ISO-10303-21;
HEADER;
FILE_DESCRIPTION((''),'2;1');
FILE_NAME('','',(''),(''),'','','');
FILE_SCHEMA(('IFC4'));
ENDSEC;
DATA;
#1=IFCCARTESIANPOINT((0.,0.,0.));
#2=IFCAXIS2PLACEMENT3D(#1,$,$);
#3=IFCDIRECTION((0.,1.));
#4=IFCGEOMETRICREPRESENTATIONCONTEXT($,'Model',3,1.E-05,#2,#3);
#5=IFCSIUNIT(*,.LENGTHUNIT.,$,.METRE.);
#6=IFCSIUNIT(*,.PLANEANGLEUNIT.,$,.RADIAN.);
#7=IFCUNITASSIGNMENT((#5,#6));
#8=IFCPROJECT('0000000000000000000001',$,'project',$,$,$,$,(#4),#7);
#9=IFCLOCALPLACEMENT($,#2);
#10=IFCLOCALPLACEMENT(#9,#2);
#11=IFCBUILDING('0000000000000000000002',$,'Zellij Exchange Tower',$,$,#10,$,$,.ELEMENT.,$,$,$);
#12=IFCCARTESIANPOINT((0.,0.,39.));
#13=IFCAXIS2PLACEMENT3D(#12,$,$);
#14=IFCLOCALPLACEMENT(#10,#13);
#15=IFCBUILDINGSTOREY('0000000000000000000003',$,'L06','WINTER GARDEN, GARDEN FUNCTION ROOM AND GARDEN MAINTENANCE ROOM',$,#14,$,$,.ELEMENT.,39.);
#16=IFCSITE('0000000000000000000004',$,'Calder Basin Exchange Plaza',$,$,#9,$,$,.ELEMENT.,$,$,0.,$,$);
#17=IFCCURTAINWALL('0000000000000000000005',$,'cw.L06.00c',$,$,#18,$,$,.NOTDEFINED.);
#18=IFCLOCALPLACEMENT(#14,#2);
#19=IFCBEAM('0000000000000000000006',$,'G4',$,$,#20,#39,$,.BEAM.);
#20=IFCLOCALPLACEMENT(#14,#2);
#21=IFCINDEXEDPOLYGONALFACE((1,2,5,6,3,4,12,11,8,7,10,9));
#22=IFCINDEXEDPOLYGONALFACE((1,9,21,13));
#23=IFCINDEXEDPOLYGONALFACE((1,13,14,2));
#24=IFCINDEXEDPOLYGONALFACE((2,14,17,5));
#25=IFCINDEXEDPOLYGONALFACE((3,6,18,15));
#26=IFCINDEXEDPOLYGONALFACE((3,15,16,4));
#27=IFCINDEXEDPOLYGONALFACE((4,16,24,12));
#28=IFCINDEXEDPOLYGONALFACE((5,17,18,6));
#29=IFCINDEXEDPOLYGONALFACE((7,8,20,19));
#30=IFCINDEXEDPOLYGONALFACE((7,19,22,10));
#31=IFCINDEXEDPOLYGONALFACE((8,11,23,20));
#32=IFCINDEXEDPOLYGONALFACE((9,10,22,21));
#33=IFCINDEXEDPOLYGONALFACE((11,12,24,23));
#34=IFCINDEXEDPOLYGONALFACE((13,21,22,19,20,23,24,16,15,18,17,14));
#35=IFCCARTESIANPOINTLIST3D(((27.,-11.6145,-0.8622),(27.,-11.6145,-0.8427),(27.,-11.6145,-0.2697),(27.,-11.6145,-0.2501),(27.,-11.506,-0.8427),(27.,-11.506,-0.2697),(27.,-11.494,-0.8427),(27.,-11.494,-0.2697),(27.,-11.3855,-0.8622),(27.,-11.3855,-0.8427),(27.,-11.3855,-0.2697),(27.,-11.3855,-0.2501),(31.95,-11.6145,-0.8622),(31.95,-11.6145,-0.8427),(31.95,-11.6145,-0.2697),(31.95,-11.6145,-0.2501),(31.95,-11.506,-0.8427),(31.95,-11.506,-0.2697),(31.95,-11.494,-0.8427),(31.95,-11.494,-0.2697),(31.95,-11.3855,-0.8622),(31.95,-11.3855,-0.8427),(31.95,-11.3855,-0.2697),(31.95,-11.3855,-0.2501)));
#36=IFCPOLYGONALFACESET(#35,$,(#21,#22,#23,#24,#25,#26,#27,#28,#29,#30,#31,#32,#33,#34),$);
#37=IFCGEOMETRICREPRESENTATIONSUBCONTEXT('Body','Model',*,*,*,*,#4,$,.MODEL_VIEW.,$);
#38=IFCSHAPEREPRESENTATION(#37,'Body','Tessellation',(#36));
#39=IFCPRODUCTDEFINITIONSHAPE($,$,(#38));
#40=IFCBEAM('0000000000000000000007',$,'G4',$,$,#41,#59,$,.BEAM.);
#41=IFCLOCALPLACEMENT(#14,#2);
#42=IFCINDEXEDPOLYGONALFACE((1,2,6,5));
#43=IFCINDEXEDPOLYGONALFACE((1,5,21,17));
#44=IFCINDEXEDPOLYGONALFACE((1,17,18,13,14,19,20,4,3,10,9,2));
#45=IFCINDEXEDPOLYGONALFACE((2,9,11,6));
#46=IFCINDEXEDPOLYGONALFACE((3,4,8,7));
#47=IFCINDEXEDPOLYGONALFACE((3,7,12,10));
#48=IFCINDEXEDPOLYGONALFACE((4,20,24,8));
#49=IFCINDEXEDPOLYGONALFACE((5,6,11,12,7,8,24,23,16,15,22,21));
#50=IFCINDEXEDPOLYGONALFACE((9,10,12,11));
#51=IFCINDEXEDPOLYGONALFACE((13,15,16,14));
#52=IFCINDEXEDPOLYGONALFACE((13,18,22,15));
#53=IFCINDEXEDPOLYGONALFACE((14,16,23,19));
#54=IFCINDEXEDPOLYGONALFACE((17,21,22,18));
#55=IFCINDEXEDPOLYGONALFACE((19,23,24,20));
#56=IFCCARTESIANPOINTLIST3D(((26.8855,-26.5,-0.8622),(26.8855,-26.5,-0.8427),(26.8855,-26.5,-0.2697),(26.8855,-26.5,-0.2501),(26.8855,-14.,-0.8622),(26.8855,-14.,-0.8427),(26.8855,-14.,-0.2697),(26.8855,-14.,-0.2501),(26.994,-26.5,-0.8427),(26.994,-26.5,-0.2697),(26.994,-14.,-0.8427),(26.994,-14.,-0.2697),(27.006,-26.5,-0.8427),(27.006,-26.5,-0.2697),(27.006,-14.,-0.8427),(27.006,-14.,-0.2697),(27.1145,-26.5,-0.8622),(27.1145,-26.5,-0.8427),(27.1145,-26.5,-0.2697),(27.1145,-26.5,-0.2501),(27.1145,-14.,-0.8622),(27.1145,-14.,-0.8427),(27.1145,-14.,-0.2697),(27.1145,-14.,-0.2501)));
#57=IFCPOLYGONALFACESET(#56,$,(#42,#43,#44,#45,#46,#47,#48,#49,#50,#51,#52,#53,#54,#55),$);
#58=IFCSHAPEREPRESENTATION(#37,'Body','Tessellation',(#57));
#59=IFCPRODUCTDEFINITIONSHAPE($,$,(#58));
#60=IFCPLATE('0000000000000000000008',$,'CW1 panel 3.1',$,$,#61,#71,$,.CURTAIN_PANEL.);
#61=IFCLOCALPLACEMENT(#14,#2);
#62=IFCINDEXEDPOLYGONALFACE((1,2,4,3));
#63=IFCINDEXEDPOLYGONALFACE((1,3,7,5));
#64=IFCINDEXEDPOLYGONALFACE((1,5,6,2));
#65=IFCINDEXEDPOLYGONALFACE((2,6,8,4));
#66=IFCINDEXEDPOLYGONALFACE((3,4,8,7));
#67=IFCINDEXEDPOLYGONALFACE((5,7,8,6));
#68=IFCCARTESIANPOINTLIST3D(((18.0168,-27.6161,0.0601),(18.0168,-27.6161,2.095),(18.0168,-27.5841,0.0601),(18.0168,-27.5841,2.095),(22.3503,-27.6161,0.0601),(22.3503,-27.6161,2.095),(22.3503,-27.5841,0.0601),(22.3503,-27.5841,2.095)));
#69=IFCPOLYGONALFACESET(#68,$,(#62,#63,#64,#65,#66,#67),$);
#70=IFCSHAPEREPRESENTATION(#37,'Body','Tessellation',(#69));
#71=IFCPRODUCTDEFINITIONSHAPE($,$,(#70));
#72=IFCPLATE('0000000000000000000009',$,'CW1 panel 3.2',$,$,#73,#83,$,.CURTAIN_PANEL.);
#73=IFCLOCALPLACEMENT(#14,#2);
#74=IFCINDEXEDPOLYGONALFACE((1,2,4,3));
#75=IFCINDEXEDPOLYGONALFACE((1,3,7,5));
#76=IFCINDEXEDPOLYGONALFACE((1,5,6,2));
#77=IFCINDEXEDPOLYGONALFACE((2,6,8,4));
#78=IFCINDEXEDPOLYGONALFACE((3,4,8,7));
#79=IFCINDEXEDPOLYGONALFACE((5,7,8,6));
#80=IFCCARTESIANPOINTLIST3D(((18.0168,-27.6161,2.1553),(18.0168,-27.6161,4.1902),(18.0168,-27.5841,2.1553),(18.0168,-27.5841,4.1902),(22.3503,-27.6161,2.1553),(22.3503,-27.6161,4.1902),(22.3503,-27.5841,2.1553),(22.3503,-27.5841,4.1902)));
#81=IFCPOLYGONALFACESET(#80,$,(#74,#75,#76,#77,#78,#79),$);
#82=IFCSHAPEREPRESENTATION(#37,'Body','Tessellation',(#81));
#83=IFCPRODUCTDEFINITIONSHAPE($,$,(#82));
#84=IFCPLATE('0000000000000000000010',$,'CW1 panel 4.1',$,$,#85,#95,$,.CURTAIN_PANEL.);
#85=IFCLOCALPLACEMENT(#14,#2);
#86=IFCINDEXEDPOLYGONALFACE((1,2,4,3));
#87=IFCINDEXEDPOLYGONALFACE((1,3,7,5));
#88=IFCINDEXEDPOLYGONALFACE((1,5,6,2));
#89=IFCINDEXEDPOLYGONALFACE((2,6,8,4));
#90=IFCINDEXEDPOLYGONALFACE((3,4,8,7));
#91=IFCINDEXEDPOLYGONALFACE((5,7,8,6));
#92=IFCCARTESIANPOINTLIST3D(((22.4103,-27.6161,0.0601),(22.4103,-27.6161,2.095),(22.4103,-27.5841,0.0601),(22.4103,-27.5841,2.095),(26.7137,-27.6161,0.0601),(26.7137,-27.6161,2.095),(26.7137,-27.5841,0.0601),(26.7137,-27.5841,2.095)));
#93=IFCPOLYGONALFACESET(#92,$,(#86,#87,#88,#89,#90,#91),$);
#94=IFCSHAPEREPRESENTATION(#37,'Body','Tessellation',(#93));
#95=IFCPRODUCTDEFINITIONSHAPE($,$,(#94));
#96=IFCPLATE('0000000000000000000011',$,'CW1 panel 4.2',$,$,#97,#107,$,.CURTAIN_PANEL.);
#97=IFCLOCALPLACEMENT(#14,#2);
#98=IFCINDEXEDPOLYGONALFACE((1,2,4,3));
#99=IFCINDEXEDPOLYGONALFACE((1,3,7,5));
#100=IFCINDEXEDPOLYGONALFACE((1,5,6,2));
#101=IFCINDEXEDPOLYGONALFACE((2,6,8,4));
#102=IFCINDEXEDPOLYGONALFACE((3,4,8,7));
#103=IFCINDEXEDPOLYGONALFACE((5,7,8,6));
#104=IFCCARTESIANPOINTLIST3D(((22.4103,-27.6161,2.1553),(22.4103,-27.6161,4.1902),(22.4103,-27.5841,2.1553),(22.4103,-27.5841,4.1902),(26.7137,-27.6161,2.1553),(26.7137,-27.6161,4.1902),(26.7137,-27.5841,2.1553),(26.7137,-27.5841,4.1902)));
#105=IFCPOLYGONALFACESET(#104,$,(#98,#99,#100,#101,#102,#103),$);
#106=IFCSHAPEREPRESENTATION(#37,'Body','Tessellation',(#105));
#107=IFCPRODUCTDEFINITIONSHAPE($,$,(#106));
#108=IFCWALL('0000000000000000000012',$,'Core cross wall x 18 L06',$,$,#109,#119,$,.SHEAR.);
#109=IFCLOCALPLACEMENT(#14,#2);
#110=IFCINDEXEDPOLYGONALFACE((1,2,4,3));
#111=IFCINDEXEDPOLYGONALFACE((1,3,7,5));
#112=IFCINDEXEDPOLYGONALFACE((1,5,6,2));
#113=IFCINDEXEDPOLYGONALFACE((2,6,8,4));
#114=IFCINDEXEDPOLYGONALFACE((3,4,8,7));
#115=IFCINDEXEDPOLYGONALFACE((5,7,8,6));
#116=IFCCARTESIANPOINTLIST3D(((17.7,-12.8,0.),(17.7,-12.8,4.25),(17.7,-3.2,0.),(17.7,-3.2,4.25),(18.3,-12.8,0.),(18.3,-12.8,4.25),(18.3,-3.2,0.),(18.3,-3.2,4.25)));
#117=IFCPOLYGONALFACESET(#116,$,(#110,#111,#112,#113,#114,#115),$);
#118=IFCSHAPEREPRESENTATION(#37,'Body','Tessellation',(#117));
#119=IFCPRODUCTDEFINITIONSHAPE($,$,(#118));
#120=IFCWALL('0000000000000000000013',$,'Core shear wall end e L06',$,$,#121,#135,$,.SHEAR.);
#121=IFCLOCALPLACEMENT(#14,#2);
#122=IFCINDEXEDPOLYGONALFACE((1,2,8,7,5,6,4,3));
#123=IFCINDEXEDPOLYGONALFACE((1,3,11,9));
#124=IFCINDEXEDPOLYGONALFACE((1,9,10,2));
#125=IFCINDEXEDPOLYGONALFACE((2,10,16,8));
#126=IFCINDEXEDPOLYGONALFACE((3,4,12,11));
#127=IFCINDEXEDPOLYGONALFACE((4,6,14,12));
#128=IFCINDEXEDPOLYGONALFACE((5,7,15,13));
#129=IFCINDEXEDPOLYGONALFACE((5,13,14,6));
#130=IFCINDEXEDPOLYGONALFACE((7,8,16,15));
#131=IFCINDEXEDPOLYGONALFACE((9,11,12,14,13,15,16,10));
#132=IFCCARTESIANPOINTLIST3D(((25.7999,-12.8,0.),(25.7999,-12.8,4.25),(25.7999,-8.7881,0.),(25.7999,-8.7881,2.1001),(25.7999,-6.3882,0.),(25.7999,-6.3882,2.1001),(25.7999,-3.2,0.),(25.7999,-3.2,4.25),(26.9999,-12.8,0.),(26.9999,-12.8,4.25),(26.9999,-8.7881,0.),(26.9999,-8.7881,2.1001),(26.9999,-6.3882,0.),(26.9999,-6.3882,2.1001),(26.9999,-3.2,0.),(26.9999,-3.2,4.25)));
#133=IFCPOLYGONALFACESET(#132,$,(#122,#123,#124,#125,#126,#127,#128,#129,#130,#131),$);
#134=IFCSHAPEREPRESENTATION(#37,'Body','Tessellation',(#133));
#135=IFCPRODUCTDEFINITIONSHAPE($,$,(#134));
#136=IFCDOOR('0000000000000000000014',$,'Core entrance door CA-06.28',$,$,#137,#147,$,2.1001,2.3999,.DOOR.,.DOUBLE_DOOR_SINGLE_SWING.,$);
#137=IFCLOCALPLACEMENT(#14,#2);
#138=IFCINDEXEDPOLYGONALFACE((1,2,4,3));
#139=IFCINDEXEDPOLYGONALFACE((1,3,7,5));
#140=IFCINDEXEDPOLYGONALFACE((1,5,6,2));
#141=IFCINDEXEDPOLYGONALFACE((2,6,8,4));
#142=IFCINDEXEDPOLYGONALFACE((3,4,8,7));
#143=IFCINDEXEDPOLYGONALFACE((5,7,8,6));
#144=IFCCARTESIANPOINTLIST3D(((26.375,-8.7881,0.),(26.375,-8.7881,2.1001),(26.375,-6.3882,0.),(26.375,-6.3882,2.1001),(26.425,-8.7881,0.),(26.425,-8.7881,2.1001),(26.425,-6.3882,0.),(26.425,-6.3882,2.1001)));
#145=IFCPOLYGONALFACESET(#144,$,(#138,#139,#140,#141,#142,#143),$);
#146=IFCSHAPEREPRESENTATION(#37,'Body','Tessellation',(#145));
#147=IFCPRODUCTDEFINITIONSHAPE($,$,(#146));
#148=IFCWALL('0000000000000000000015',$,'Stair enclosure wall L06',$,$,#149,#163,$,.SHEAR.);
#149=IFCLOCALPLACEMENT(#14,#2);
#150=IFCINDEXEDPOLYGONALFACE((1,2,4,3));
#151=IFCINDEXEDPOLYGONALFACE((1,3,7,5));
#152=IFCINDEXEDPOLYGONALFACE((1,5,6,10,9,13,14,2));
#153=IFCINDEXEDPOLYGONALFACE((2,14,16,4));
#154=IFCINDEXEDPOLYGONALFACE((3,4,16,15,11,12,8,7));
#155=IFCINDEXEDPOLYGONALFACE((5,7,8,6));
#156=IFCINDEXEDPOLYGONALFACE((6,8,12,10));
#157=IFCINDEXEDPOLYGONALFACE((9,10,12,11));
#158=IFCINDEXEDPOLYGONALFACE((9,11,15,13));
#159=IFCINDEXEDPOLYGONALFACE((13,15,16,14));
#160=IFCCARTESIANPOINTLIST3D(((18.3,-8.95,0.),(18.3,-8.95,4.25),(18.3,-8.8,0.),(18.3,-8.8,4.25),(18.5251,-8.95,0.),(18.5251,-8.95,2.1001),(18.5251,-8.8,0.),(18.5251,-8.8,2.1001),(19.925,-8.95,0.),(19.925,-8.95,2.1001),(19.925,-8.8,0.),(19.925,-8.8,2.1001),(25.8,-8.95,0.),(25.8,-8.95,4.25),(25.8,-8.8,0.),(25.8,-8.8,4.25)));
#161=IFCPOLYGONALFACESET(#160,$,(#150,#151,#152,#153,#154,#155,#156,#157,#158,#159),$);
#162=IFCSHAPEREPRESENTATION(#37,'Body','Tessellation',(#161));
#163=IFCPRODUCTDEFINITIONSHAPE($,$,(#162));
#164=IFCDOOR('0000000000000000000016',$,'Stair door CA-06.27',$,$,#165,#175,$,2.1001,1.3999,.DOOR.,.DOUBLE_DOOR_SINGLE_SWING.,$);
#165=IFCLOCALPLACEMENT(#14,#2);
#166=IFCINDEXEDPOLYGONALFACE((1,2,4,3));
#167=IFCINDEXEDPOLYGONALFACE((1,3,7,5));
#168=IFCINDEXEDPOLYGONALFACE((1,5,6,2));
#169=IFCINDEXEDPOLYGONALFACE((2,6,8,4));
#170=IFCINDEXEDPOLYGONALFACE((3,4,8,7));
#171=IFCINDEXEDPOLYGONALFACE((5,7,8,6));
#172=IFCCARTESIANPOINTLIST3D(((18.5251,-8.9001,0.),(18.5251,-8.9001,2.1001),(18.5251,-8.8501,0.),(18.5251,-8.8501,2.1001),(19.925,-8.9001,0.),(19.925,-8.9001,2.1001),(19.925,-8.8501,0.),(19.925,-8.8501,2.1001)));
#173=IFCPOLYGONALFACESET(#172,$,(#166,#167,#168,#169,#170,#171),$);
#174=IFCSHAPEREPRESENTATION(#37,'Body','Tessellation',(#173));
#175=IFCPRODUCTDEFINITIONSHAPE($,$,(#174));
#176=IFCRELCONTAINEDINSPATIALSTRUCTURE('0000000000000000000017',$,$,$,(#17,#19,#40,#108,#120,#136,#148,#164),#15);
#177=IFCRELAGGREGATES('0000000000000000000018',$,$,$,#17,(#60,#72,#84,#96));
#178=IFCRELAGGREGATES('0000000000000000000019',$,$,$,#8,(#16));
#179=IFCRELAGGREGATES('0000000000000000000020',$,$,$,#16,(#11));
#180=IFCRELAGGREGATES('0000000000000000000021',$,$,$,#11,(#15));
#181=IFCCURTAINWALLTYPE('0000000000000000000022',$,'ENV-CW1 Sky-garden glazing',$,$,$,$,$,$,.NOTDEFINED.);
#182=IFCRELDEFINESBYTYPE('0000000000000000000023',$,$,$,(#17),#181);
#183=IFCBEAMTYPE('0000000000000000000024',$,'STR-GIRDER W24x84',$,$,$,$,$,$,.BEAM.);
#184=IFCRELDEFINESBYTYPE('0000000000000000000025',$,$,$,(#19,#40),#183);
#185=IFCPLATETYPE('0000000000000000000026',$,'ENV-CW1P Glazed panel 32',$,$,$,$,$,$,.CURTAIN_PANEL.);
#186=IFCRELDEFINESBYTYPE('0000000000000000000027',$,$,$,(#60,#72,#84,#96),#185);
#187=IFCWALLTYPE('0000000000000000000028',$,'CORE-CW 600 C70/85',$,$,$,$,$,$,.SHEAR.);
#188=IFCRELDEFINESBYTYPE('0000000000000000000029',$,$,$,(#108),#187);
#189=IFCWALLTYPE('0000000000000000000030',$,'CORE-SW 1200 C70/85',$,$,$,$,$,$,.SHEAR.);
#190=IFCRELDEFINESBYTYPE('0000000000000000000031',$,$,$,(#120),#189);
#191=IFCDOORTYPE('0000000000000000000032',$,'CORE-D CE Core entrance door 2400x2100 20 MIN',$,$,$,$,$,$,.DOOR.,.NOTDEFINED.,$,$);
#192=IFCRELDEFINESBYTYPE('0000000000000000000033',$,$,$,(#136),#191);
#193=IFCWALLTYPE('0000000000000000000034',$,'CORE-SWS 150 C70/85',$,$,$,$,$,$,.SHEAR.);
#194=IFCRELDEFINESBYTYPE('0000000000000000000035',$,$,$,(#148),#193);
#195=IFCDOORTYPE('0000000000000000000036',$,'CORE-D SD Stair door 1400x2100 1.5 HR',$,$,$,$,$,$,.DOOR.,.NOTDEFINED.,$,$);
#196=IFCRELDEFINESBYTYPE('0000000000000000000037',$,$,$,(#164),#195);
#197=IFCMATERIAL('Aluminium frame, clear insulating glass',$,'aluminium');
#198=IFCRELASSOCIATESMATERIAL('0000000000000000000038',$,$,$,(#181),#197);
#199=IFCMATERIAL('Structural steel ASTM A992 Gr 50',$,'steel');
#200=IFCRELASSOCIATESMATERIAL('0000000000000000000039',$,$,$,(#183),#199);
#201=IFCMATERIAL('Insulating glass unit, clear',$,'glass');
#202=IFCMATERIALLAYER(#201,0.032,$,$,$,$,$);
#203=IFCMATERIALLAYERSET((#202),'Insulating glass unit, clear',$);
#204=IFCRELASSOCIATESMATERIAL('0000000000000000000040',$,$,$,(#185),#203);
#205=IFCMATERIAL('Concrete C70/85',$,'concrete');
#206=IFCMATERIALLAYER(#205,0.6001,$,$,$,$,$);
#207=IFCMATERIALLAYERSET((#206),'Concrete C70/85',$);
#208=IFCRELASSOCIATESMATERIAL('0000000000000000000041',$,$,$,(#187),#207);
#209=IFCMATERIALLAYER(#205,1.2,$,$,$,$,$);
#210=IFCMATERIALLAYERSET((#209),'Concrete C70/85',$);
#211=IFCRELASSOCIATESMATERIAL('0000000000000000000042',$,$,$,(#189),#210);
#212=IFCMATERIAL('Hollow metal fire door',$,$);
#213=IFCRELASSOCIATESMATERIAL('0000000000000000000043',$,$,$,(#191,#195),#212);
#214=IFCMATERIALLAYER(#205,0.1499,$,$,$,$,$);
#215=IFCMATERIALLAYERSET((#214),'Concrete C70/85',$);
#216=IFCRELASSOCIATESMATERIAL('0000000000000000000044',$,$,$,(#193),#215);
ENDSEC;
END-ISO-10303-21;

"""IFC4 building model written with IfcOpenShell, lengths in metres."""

from ifc_helpers import new_model, si_unit, direction, frame, frame_2d, origin, origin_2d, place, context, subcontext, project, spatial, rectangle, i_section, extrude, material, layer, layer_set, material_profile, profile_set, type_object, element, fill, aggregate, save


model = new_model("IFC4")

# Units and contexts
model_context = context("Model", 3, precision=1e-05, world=origin(), true_north=direction((0.0, 1.0)))
body_context = subcontext(model_context, "Body", "Model", "MODEL_VIEW")
ifc_project = project(units=[si_unit("LENGTHUNIT", "METRE"), si_unit("PLANEANGLEUNIT", "RADIAN")], contexts=[model_context])

# Site, building, storey
site_placement = place(None, origin())
site = spatial("IfcSite", under=ifc_project, at=site_placement, Name="Calder Basin Exchange Plaza", CompositionType="ELEMENT", RefElevation=0.0)
building_placement = place(site_placement, origin())
building = spatial("IfcBuilding", under=site, at=building_placement, Name="Zellij Exchange Tower", CompositionType="ELEMENT")
storey_placement = place(building_placement, frame((0.0, 0.0, 39.0)))
storey = spatial("IfcBuildingStorey", under=building, at=storey_placement, Name="L06", Description="WINTER GARDEN, GARDEN FUNCTION ROOM AND GARDEN MAINTENANCE ROOM", CompositionType="ELEMENT", Elevation=39.0)

# Shared definitions
ifc_material_1 = material(Name="Concrete C70/85", Category="concrete")

# Curtain wall
ifc_material_2 = material(Name="Aluminium frame, clear insulating glass", Category="aluminium")
curtain_wall_type = type_object("IfcCurtainWallType", Name="ENV-CW1 Sky-garden glazing", PredefinedType="NOTDEFINED", material=ifc_material_2)
curtain_wall_placement = place(storey_placement, origin())
curtain_wall = element("IfcCurtainWall", 1, at=curtain_wall_placement, inside=storey, type_object=curtain_wall_type, Name="cw.L06.00c", PredefinedType="NOTDEFINED")

# Beams
ifc_material_3 = material(Name="Structural steel ASTM A992 Gr 50", Category="steel")
ifc_material_profile_1 = material_profile(ifc_material_3, i_section(OverallWidth=0.229, OverallDepth=0.6121, WebThickness=0.012, FlangeThickness=0.0195, at=origin_2d()), Name="W24x84")
ifc_profile_set_1 = profile_set([ifc_material_profile_1], Name="Structural steel ASTM A992 Gr 50")
beam_type_1 = type_object("IfcBeamType", Name="STR-GIRDER W24x84", PredefinedType="BEAM", material=ifc_profile_set_1)
beam_1_placement = place(storey_placement, frame((27.0, -11.5, -0.5562), z_axis=(1.0, 0.0, 0.0), x_axis=(0.0, 1.0, 0.0)))
element("IfcBeam", 2, at=beam_1_placement, inside=storey, type_object=beam_type_1, Name="G4", PredefinedType="BEAM", context=body_context, shape_type="SweptSolid", body=[
    extrude(i_section(OverallWidth=0.229, OverallDepth=0.6121, WebThickness=0.012, FlangeThickness=0.0195, at=origin_2d()), origin(), (0.0, 0.0, 1.0), 4.95),
])
beam_2_placement = place(storey_placement, frame((27.0, -26.5, -0.5562), z_axis=(0.0, 1.0, 0.0), x_axis=(-1.0, 0.0, 0.0)))
element("IfcBeam", 3, at=beam_2_placement, inside=storey, type_object=beam_type_1, Name="G4", PredefinedType="BEAM", context=body_context, shape_type="SweptSolid", body=[
    extrude(i_section(OverallWidth=0.229, OverallDepth=0.6121, WebThickness=0.012, FlangeThickness=0.0195, at=origin_2d()), origin(), (0.0, 0.0, 1.0), 12.5),
])

# Plates
ifc_material_4 = material(Name="Insulating glass unit, clear", Category="glass")
ifc_layer_1 = layer(ifc_material_4, 0.032)
ifc_layer_set_1 = layer_set([ifc_layer_1], Name="Insulating glass unit, clear")
plate_type = type_object("IfcPlateType", Name="ENV-CW1P Glazed panel 32", PredefinedType="CURTAIN_PANEL", material=ifc_layer_set_1)
plate_1_placement = place(storey_placement, frame((20.1836, -27.6001, 0.0601), z_axis=(0.0, 0.0, 1.0), x_axis=(1.0, 0.0, 0.0)))
plate_1 = element("IfcPlate", 4, at=plate_1_placement, type_object=plate_type, Name="CW1 panel 3.1", PredefinedType="CURTAIN_PANEL", context=body_context, shape_type="SweptSolid", body=[
    extrude(rectangle(XDim=4.3335, YDim=0.032, at=origin_2d()), origin(), (0.0, 0.0, 1.0), 2.0349),
])
plate_2_placement = place(storey_placement, frame((20.1836, -27.6001, 2.1553), z_axis=(0.0, 0.0, 1.0), x_axis=(1.0, 0.0, 0.0)))
plate_2 = element("IfcPlate", 5, at=plate_2_placement, type_object=plate_type, Name="CW1 panel 3.2", PredefinedType="CURTAIN_PANEL", context=body_context, shape_type="SweptSolid", body=[
    extrude(rectangle(XDim=4.3335, YDim=0.032, at=origin_2d()), origin(), (0.0, 0.0, 1.0), 2.0349),
])
plate_3_placement = place(storey_placement, frame((24.562, -27.6001, 0.0601), z_axis=(0.0, 0.0, 1.0), x_axis=(1.0, 0.0, 0.0)))
plate_3 = element("IfcPlate", 6, at=plate_3_placement, type_object=plate_type, Name="CW1 panel 4.1", PredefinedType="CURTAIN_PANEL", context=body_context, shape_type="SweptSolid", body=[
    extrude(rectangle(XDim=4.3035, YDim=0.032, at=origin_2d()), origin(), (0.0, 0.0, 1.0), 2.0349),
])
plate_4_placement = place(storey_placement, frame((24.562, -27.6001, 2.1553), z_axis=(0.0, 0.0, 1.0), x_axis=(1.0, 0.0, 0.0)))
plate_4 = element("IfcPlate", 7, at=plate_4_placement, type_object=plate_type, Name="CW1 panel 4.2", PredefinedType="CURTAIN_PANEL", context=body_context, shape_type="SweptSolid", body=[
    extrude(rectangle(XDim=4.3035, YDim=0.032, at=origin_2d()), origin(), (0.0, 0.0, 1.0), 2.0349),
])
aggregate(curtain_wall, [plate_1, plate_2, plate_3, plate_4])

# Wall
ifc_layer_2 = layer(ifc_material_1, 0.6001)
ifc_layer_set_2 = layer_set([ifc_layer_2], Name="Concrete C70/85")
wall_type_1 = type_object("IfcWallType", Name="CORE-CW 600 C70/85", PredefinedType="SHEAR", material=ifc_layer_set_2)
wall_1_placement = place(storey_placement, frame((18.0, -12.8, 0.0), z_axis=(0.0, 0.0, 1.0), x_axis=(0.0, 1.0, 0.0)))
element("IfcWall", 8, at=wall_1_placement, inside=storey, type_object=wall_type_1, Name="Core cross wall x 18 L06", PredefinedType="SHEAR", context=body_context, shape_type="SweptSolid", body=[
    extrude(rectangle(XDim=9.6001, YDim=0.6001, at=frame_2d((4.8, 0.0))), origin(), (0.0, 0.0, 1.0), 4.25),
])

# Walls, openings, doors
ifc_layer_3 = layer(ifc_material_1, 1.2)
ifc_layer_set_3 = layer_set([ifc_layer_3], Name="Concrete C70/85")
wall_type_2 = type_object("IfcWallType", Name="CORE-SW 1200 C70/85", PredefinedType="SHEAR", material=ifc_layer_set_3)
wall_2_placement = place(storey_placement, frame((26.3999, -12.8, 0.0), z_axis=(0.0, 0.0, 1.0), x_axis=(0.0, 1.0, 0.0)))
wall_2 = element("IfcWall", 9, at=wall_2_placement, inside=storey, type_object=wall_type_2, Name="Core shear wall end e L06", PredefinedType="SHEAR", context=body_context, shape_type="SweptSolid", body=[
    extrude(rectangle(XDim=9.6001, YDim=1.2, at=frame_2d((4.8, 0.0))), origin(), (0.0, 0.0, 1.0), 4.25),
])
opening_1_placement = place(wall_2_placement, frame((4.012, 0.0, 0.0)))
opening_1 = element("IfcOpeningElement", 10, at=opening_1_placement, cuts=wall_2, PredefinedType="OPENING", context=body_context, shape_type="SweptSolid", body=[
    extrude(rectangle(XDim=2.3999, YDim=2.1001, at=frame_2d((1.2, 1.05))), frame((0.0, 0.6118, 0.0), z_axis=(0.0, -1.0, 0.0), x_axis=(1.0, 0.0, 0.0)), (0.0, 0.0, 1.0), 1.2239),
])
ifc_material_5 = material(Name="Hollow metal fire door")
door_type_1 = type_object("IfcDoorType", Name="CORE-D CE Core entrance door 2400x2100 20 MIN", OperationType="NOTDEFINED", PredefinedType="DOOR", material=ifc_material_5)
door_1_placement = place(opening_1_placement, origin())
door_1 = element("IfcDoor", 11, at=door_1_placement, inside=storey, type_object=door_type_1, Name="Core entrance door CA-06.28", OperationType="DOUBLE_DOOR_SINGLE_SWING", OverallHeight=2.1001, OverallWidth=2.3999, PredefinedType="DOOR", context=body_context, shape_type="SweptSolid", body=[
    extrude(rectangle(XDim=2.3999, YDim=2.1001, at=frame_2d((1.2, 1.05))), frame((0.0, 0.0249, 0.0), z_axis=(0.0, -1.0, 0.0), x_axis=(1.0, 0.0, 0.0)), (0.0, 0.0, 1.0), 0.05),
])
fill(opening_1, door_1)
ifc_layer_4 = layer(ifc_material_1, 0.1499)
ifc_layer_set_4 = layer_set([ifc_layer_4], Name="Concrete C70/85")
wall_type_3 = type_object("IfcWallType", Name="CORE-SWS 150 C70/85", PredefinedType="SHEAR", material=ifc_layer_set_4)
wall_3_placement = place(storey_placement, frame((18.3, -8.875, 0.0), z_axis=(0.0, 0.0, 1.0), x_axis=(1.0, 0.0, 0.0)))
wall_3 = element("IfcWall", 12, at=wall_3_placement, inside=storey, type_object=wall_type_3, Name="Stair enclosure wall L06", PredefinedType="SHEAR", context=body_context, shape_type="SweptSolid", body=[
    extrude(rectangle(XDim=7.5, YDim=0.1499, at=frame_2d((3.75, 0.0))), origin(), (0.0, 0.0, 1.0), 4.25),
])
opening_2_placement = place(wall_3_placement, frame((0.2251, 0.0, 0.0)))
opening_2 = element("IfcOpeningElement", 13, at=opening_2_placement, cuts=wall_3, PredefinedType="OPENING", context=body_context, shape_type="SweptSolid", body=[
    extrude(rectangle(XDim=1.3999, YDim=2.1001, at=frame_2d((0.7, 1.05))), frame((0.0, 0.0869, 0.0), z_axis=(0.0, -1.0, 0.0), x_axis=(1.0, 0.0, 0.0)), (0.0, 0.0, 1.0), 0.1738),
])
door_type_2 = type_object("IfcDoorType", Name="CORE-D SD Stair door 1400x2100 1.5 HR", OperationType="NOTDEFINED", PredefinedType="DOOR", material=ifc_material_5)
door_2_placement = place(opening_2_placement, origin())
door_2 = element("IfcDoor", 14, at=door_2_placement, inside=storey, type_object=door_type_2, Name="Stair door CA-06.27", OperationType="DOUBLE_DOOR_SINGLE_SWING", OverallHeight=2.1001, OverallWidth=1.3999, PredefinedType="DOOR", context=body_context, shape_type="SweptSolid", body=[
    extrude(rectangle(XDim=1.3999, YDim=2.1001, at=frame_2d((0.7, 1.05))), frame((0.0, 0.0249, 0.0), z_axis=(0.0, -1.0, 0.0), x_axis=(1.0, 0.0, 0.0)), (0.0, 0.0, 1.0), 0.05),
])
fill(opening_2, door_2)

save(model, "model.ifc")
